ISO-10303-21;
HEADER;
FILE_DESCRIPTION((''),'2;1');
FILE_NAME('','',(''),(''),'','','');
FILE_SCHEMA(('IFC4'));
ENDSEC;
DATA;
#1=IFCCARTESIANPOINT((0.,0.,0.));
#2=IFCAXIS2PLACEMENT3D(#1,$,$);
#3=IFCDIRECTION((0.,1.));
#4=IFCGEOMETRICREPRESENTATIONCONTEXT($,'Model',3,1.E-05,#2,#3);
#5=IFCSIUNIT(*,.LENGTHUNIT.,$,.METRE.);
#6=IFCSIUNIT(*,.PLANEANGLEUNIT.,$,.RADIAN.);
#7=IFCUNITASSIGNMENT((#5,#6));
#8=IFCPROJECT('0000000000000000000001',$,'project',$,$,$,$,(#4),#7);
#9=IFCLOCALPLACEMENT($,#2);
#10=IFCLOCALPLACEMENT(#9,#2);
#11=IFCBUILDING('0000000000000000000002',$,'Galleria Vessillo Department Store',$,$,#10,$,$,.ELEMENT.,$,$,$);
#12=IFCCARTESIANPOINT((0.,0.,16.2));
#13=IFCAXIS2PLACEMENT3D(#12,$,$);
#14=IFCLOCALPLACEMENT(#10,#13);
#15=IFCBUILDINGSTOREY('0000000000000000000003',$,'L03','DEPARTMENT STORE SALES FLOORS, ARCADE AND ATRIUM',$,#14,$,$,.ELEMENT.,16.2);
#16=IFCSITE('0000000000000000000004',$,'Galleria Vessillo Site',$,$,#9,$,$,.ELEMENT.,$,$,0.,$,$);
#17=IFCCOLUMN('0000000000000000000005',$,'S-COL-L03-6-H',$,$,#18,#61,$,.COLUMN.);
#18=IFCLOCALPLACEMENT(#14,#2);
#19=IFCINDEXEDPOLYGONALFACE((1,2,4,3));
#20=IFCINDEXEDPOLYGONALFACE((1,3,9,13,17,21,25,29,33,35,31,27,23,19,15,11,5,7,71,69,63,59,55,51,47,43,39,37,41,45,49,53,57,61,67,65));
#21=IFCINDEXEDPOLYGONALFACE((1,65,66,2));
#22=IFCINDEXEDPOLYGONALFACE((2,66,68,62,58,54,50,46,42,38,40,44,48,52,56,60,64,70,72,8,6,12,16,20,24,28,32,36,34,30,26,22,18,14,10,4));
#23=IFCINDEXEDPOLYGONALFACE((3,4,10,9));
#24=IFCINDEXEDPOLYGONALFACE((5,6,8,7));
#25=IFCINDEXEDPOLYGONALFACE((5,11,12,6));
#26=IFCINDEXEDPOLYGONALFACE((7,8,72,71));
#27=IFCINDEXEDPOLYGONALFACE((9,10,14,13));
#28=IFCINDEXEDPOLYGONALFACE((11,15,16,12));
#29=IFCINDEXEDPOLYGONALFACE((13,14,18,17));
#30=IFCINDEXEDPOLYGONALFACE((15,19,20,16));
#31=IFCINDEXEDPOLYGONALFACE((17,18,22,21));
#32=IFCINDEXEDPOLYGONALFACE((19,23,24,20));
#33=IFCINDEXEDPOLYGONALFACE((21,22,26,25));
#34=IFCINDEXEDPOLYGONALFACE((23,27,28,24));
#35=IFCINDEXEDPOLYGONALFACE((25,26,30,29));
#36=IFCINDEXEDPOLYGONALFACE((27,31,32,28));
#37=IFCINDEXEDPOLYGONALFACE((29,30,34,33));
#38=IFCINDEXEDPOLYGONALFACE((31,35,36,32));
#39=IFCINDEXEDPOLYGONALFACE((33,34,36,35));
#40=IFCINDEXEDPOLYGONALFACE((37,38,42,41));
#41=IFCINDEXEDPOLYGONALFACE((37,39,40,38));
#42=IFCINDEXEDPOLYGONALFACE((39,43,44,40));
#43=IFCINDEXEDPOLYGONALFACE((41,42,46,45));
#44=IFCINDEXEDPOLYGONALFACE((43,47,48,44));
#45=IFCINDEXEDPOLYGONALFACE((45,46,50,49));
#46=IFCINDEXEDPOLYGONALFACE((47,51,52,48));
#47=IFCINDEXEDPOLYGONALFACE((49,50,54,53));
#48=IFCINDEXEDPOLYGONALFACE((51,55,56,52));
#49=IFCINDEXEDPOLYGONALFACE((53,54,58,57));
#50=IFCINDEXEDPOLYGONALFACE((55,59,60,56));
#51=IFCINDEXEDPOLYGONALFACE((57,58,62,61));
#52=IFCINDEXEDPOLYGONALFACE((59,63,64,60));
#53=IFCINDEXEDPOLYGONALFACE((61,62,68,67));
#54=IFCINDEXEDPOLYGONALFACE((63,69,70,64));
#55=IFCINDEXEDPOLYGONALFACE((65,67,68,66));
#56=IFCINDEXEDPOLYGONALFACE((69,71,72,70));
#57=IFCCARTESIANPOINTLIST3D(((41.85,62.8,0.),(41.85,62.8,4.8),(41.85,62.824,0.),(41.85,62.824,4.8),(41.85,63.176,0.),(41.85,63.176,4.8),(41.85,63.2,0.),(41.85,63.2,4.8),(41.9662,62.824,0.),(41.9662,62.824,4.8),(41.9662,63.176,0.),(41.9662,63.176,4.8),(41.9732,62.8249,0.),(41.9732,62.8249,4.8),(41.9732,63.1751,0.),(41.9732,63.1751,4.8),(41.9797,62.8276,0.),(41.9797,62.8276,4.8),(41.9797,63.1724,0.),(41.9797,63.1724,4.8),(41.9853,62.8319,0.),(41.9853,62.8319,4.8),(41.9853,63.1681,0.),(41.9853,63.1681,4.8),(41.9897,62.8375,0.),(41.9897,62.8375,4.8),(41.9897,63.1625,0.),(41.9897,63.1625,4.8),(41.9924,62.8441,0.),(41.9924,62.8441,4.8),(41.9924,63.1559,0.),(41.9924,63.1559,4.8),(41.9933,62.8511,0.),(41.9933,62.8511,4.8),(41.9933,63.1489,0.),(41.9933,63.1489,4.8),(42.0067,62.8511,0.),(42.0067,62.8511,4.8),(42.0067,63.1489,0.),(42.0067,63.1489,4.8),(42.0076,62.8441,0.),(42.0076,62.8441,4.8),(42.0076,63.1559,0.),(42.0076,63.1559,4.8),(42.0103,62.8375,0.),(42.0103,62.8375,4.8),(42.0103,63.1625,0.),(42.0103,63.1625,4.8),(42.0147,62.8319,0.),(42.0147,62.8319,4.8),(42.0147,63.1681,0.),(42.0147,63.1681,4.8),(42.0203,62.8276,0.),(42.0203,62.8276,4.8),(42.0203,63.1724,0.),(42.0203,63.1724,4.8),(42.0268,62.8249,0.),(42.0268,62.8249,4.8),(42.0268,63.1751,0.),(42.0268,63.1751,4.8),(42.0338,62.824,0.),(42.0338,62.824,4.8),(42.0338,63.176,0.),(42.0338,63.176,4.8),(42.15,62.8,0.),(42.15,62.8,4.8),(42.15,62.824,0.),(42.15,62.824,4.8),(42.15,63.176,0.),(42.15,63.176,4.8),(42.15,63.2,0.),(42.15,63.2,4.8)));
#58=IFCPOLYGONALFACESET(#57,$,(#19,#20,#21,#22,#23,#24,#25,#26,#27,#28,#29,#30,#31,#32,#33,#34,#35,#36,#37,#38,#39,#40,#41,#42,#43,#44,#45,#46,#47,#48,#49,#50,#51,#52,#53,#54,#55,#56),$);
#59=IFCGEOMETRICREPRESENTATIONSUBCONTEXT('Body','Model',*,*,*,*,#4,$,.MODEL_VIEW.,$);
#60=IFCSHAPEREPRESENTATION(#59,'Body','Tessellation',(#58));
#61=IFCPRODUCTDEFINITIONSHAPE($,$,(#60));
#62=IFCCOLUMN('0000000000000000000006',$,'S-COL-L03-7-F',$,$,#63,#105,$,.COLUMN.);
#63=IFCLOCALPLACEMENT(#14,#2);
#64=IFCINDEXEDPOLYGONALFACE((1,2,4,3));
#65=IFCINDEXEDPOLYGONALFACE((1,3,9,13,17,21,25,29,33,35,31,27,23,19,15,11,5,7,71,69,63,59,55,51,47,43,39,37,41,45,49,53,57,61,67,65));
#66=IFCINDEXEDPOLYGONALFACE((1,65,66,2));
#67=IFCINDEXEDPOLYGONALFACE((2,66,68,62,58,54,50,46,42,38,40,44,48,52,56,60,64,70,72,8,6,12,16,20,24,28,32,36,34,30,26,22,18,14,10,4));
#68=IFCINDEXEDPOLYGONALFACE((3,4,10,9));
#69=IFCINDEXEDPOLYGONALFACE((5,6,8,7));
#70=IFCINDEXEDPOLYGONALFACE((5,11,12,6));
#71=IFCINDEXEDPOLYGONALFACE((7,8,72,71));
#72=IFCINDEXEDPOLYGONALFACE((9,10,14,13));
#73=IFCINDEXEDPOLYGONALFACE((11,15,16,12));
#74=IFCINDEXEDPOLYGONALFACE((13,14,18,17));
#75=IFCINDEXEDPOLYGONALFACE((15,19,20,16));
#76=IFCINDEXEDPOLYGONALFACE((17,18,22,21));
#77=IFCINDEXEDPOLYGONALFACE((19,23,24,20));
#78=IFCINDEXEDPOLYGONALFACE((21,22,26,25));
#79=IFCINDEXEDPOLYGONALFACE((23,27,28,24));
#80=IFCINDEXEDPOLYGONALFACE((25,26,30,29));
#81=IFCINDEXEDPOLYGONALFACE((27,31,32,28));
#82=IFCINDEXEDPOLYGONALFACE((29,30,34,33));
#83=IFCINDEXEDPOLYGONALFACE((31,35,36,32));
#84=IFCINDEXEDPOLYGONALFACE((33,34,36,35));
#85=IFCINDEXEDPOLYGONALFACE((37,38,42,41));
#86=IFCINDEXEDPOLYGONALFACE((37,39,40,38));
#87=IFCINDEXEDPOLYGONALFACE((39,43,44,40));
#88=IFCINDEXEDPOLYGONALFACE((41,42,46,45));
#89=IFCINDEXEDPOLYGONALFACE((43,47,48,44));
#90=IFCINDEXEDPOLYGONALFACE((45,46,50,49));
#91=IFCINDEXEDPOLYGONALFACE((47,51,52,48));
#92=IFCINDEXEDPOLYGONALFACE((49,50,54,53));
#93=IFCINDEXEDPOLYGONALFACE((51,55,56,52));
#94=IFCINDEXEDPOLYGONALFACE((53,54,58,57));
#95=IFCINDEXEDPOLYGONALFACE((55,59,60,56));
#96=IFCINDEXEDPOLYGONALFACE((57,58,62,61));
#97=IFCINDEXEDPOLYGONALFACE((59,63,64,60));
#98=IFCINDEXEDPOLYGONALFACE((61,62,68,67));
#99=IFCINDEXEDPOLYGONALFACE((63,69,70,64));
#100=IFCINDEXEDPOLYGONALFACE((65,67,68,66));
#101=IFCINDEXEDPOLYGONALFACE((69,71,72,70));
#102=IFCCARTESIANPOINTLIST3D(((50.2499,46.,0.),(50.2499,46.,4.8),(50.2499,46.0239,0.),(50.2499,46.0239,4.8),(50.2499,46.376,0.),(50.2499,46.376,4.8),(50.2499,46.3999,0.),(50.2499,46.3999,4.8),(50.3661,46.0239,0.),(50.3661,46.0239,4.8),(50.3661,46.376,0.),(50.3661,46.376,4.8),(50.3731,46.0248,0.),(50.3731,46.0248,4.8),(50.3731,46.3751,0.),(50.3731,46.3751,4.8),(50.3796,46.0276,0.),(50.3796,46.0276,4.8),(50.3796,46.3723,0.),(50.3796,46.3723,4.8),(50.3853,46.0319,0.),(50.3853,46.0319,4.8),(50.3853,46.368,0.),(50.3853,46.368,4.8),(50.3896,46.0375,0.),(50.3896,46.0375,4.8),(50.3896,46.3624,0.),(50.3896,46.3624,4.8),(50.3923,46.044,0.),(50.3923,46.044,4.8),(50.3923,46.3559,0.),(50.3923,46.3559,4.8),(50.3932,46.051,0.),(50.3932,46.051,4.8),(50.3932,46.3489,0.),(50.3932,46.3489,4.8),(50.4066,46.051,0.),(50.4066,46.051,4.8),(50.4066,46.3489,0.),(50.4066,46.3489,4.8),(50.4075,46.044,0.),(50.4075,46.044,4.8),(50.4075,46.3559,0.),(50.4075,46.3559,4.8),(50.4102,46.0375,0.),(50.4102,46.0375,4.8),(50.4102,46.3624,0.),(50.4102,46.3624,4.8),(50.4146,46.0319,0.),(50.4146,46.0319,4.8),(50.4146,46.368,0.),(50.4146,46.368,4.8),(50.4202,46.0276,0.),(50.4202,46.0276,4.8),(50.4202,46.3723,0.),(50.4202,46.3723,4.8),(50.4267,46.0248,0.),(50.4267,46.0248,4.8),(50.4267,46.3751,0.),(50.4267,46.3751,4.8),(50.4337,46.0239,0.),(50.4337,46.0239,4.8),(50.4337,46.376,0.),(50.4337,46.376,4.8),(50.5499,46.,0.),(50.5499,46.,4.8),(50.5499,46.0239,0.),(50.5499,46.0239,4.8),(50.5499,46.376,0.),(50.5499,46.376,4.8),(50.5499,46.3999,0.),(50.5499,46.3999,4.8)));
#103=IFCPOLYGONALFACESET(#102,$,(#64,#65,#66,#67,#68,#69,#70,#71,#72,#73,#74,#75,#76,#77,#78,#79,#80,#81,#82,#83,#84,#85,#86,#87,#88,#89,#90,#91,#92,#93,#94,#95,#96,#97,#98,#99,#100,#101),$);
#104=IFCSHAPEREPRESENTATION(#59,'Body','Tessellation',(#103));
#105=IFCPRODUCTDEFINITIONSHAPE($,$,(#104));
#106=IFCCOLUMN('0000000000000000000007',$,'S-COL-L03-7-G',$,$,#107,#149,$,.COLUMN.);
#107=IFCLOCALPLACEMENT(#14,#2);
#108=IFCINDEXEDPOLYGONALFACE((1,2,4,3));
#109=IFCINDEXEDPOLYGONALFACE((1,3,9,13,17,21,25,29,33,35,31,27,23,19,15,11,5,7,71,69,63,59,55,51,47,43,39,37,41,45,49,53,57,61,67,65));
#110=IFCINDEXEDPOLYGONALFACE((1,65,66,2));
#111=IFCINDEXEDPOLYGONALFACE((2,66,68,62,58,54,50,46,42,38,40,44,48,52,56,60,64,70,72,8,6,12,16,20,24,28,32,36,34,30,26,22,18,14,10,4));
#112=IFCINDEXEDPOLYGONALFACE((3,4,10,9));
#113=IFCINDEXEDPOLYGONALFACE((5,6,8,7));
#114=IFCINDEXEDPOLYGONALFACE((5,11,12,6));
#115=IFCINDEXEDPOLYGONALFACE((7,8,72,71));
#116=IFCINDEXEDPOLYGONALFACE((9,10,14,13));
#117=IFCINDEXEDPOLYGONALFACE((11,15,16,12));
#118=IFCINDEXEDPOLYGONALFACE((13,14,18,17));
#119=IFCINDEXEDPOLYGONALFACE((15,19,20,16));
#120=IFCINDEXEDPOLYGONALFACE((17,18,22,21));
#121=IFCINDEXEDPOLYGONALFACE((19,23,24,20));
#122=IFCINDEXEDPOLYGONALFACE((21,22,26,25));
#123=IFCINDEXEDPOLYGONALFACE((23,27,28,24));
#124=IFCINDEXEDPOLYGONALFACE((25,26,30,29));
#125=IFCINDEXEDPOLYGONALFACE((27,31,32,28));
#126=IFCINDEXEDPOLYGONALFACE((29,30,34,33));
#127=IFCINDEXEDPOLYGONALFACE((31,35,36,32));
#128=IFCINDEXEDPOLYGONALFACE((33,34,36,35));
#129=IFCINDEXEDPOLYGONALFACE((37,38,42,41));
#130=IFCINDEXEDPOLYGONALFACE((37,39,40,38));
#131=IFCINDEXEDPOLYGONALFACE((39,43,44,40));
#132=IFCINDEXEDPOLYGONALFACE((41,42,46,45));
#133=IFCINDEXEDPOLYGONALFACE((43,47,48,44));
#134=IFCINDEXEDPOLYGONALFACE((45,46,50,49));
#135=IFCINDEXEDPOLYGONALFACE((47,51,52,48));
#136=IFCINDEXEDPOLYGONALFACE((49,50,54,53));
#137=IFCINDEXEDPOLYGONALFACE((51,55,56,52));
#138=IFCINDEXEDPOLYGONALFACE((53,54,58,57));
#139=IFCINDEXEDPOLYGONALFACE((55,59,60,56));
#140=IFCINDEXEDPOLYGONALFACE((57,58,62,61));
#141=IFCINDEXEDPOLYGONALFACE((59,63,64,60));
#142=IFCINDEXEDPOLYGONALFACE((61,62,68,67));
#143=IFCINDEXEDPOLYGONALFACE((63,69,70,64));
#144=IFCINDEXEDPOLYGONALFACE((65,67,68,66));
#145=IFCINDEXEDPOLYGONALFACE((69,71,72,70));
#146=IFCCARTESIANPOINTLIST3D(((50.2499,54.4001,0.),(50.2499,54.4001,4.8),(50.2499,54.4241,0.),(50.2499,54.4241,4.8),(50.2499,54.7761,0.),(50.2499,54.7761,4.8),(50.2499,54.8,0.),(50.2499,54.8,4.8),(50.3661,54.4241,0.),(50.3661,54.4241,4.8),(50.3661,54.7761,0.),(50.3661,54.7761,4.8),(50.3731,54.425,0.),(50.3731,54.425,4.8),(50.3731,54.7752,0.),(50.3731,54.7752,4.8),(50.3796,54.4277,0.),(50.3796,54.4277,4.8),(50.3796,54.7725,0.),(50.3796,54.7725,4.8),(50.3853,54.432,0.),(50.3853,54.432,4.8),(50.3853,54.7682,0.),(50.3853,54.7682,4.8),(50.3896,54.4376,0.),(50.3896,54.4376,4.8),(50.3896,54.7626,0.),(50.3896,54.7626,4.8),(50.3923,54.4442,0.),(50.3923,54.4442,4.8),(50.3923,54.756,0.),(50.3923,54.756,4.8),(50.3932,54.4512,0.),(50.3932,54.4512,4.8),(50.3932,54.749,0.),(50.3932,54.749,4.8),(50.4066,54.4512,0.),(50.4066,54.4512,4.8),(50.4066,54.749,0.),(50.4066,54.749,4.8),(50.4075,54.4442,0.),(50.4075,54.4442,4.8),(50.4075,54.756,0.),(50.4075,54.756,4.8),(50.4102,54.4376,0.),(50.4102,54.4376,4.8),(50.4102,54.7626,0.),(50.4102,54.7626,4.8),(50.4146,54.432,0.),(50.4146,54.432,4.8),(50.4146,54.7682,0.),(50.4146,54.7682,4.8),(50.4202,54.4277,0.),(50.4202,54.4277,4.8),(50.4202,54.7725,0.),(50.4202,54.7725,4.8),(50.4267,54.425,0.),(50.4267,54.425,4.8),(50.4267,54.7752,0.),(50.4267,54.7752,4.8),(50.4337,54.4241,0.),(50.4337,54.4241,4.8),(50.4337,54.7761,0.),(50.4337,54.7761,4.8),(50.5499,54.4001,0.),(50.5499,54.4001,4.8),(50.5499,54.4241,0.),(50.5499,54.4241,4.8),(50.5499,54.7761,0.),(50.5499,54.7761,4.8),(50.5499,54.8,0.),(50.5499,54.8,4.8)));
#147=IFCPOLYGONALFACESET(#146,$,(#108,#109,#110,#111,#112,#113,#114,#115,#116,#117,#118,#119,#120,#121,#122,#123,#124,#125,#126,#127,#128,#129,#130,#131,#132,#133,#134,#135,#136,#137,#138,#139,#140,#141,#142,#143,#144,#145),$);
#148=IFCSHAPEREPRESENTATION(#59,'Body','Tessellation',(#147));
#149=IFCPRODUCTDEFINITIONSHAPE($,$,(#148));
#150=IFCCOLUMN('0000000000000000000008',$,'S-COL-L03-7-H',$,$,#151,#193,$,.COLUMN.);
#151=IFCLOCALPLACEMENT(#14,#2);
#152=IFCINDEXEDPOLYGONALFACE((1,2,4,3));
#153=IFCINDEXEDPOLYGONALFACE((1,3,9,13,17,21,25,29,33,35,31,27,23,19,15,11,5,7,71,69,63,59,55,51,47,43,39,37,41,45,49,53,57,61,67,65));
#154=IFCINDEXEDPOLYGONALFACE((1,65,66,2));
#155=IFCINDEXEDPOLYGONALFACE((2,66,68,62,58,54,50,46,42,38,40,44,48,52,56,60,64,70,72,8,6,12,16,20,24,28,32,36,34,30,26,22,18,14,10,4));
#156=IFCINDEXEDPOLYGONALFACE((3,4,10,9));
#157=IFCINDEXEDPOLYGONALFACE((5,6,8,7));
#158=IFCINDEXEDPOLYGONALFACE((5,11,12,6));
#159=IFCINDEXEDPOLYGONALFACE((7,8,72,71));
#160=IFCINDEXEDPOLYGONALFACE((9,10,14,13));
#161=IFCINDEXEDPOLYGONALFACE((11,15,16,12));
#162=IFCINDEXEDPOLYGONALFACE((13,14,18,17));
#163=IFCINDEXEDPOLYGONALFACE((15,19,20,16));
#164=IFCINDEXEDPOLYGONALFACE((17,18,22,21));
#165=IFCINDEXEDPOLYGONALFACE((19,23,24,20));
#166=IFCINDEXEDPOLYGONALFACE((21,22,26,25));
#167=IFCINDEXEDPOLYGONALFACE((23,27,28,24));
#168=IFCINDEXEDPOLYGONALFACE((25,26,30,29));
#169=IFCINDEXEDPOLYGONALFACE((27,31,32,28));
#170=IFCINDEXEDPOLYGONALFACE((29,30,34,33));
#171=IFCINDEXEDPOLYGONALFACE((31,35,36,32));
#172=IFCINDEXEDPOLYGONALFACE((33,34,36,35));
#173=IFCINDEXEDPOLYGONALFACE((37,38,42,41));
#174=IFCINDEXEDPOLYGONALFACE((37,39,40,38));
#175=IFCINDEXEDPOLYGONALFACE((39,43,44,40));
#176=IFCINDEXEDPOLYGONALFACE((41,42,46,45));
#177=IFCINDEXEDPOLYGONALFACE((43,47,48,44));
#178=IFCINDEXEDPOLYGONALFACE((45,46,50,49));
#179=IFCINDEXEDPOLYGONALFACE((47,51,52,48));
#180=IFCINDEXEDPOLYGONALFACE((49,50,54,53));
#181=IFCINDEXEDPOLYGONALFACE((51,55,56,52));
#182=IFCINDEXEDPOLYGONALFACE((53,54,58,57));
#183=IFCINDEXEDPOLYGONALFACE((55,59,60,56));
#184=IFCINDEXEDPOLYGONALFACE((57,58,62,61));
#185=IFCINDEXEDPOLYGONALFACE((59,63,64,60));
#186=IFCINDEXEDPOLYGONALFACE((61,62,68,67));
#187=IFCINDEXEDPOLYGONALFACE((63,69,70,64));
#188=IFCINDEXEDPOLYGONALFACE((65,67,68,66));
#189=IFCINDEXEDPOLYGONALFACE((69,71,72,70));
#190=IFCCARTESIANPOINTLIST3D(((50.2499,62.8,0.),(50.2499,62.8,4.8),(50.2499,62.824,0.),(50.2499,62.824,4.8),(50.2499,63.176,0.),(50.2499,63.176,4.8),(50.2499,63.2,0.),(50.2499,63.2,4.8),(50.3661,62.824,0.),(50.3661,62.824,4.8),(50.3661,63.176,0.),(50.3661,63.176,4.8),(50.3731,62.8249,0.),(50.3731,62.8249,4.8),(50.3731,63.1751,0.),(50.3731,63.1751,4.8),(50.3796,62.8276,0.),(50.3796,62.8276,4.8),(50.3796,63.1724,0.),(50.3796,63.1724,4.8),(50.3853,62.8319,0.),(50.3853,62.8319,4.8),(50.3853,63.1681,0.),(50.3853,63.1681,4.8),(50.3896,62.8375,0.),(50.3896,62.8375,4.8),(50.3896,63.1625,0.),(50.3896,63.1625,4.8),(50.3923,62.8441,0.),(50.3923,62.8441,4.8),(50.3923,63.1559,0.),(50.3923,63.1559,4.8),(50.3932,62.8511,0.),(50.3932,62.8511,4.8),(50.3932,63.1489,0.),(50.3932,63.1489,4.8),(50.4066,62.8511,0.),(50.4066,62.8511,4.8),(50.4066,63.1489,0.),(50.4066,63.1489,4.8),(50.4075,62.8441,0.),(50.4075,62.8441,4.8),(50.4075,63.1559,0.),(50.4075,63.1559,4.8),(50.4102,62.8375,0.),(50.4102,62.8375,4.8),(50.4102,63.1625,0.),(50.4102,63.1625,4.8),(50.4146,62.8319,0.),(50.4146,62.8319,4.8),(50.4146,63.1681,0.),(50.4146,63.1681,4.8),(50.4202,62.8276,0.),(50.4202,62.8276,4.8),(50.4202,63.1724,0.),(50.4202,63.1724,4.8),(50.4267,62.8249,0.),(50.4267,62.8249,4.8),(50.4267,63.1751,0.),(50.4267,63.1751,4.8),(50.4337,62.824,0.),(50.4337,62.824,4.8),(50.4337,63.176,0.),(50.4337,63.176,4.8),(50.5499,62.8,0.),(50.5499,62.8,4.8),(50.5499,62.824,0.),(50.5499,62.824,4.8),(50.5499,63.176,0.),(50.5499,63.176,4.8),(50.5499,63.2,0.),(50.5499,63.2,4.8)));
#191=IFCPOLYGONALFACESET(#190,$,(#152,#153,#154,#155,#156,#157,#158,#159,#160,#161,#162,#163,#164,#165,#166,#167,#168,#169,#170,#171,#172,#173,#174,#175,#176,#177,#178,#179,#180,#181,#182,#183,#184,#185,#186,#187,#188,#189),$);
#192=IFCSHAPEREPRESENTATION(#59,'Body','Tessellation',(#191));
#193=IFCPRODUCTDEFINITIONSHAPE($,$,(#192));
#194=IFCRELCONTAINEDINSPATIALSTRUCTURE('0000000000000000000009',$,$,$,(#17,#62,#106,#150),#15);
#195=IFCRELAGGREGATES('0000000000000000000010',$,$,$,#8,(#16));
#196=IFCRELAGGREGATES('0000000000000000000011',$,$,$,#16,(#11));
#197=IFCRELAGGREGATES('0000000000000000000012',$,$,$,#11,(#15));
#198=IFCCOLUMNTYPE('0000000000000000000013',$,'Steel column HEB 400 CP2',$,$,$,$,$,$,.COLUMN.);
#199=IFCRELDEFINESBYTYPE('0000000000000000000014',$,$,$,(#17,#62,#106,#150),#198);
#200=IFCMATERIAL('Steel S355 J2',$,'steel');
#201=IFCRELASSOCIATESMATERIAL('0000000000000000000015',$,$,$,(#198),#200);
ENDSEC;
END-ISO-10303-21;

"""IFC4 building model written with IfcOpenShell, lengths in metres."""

from ifc_helpers import new_model, si_unit, direction, frame, origin, origin_2d, place, context, subcontext, project, spatial, i_section, extrude, material, material_profile, profile_set, type_object, element, save


model = new_model("IFC4")

# Units and contexts
model_context = context("Model", 3, precision=1e-05, world=origin(), true_north=direction((0.0, 1.0)))
body_context = subcontext(model_context, "Body", "Model", "MODEL_VIEW")
ifc_project = project(units=[si_unit("LENGTHUNIT", "METRE"), si_unit("PLANEANGLEUNIT", "RADIAN")], contexts=[model_context])

# Site, building, storey
site_placement = place(None, origin())
site = spatial("IfcSite", under=ifc_project, at=site_placement, Name="Galleria Vessillo Site", CompositionType="ELEMENT", RefElevation=0.0)
building_placement = place(site_placement, origin())
building = spatial("IfcBuilding", under=site, at=building_placement, Name="Galleria Vessillo Department Store", CompositionType="ELEMENT")
storey_placement = place(building_placement, frame((0.0, 0.0, 16.2)))
storey = spatial("IfcBuildingStorey", under=building, at=storey_placement, Name="L03", Description="DEPARTMENT STORE SALES FLOORS, ARCADE AND ATRIUM", CompositionType="ELEMENT", Elevation=16.2)

# Columns
ifc_material_1 = material(Name="Steel S355 J2", Category="steel")
ifc_material_profile_1 = material_profile(ifc_material_1, i_section(OverallWidth=0.3, OverallDepth=0.3999, WebThickness=0.0134, FlangeThickness=0.0239, FilletRadius=0.0271, at=origin_2d()), Name="HEB 400")
ifc_profile_set_1 = profile_set([ifc_material_profile_1], Name="Steel S355 J2")
column_type = type_object("IfcColumnType", Name="Steel column HEB 400 CP2", PredefinedType="COLUMN", material=ifc_profile_set_1)
for number, where, z_axis, x_axis, name in (
    (1, (42.0, 63.0, 0.0), (0.0, 0.0, 1.0), (1.0, 0.0, 0.0), "S-COL-L03-6-H"),
    (2, (50.3999, 46.2, 0.0), (0.0, 0.0, 1.0), (1.0, 0.0, 0.0), "S-COL-L03-7-F"),
    (3, (50.3999, 54.6001, 0.0), (0.0, 0.0, 1.0), (1.0, 0.0, 0.0), "S-COL-L03-7-G"),
    (4, (50.3999, 63.0, 0.0), (0.0, 0.0, 1.0), (1.0, 0.0, 0.0), "S-COL-L03-7-H"),
):
    element("IfcColumn", number, at=place(storey_placement, frame(where, z_axis=z_axis, x_axis=x_axis)), inside=storey, type_object=column_type, Name=name, PredefinedType="COLUMN", context=body_context, shape_type="SweptSolid", body=[
        extrude(i_section(OverallWidth=0.3, OverallDepth=0.3999, WebThickness=0.0134, FlangeThickness=0.0239, FilletRadius=0.0271, at=origin_2d()), origin(), (0.0, 0.0, 1.0), 4.8),
    ])

save(model, "model.ifc")
